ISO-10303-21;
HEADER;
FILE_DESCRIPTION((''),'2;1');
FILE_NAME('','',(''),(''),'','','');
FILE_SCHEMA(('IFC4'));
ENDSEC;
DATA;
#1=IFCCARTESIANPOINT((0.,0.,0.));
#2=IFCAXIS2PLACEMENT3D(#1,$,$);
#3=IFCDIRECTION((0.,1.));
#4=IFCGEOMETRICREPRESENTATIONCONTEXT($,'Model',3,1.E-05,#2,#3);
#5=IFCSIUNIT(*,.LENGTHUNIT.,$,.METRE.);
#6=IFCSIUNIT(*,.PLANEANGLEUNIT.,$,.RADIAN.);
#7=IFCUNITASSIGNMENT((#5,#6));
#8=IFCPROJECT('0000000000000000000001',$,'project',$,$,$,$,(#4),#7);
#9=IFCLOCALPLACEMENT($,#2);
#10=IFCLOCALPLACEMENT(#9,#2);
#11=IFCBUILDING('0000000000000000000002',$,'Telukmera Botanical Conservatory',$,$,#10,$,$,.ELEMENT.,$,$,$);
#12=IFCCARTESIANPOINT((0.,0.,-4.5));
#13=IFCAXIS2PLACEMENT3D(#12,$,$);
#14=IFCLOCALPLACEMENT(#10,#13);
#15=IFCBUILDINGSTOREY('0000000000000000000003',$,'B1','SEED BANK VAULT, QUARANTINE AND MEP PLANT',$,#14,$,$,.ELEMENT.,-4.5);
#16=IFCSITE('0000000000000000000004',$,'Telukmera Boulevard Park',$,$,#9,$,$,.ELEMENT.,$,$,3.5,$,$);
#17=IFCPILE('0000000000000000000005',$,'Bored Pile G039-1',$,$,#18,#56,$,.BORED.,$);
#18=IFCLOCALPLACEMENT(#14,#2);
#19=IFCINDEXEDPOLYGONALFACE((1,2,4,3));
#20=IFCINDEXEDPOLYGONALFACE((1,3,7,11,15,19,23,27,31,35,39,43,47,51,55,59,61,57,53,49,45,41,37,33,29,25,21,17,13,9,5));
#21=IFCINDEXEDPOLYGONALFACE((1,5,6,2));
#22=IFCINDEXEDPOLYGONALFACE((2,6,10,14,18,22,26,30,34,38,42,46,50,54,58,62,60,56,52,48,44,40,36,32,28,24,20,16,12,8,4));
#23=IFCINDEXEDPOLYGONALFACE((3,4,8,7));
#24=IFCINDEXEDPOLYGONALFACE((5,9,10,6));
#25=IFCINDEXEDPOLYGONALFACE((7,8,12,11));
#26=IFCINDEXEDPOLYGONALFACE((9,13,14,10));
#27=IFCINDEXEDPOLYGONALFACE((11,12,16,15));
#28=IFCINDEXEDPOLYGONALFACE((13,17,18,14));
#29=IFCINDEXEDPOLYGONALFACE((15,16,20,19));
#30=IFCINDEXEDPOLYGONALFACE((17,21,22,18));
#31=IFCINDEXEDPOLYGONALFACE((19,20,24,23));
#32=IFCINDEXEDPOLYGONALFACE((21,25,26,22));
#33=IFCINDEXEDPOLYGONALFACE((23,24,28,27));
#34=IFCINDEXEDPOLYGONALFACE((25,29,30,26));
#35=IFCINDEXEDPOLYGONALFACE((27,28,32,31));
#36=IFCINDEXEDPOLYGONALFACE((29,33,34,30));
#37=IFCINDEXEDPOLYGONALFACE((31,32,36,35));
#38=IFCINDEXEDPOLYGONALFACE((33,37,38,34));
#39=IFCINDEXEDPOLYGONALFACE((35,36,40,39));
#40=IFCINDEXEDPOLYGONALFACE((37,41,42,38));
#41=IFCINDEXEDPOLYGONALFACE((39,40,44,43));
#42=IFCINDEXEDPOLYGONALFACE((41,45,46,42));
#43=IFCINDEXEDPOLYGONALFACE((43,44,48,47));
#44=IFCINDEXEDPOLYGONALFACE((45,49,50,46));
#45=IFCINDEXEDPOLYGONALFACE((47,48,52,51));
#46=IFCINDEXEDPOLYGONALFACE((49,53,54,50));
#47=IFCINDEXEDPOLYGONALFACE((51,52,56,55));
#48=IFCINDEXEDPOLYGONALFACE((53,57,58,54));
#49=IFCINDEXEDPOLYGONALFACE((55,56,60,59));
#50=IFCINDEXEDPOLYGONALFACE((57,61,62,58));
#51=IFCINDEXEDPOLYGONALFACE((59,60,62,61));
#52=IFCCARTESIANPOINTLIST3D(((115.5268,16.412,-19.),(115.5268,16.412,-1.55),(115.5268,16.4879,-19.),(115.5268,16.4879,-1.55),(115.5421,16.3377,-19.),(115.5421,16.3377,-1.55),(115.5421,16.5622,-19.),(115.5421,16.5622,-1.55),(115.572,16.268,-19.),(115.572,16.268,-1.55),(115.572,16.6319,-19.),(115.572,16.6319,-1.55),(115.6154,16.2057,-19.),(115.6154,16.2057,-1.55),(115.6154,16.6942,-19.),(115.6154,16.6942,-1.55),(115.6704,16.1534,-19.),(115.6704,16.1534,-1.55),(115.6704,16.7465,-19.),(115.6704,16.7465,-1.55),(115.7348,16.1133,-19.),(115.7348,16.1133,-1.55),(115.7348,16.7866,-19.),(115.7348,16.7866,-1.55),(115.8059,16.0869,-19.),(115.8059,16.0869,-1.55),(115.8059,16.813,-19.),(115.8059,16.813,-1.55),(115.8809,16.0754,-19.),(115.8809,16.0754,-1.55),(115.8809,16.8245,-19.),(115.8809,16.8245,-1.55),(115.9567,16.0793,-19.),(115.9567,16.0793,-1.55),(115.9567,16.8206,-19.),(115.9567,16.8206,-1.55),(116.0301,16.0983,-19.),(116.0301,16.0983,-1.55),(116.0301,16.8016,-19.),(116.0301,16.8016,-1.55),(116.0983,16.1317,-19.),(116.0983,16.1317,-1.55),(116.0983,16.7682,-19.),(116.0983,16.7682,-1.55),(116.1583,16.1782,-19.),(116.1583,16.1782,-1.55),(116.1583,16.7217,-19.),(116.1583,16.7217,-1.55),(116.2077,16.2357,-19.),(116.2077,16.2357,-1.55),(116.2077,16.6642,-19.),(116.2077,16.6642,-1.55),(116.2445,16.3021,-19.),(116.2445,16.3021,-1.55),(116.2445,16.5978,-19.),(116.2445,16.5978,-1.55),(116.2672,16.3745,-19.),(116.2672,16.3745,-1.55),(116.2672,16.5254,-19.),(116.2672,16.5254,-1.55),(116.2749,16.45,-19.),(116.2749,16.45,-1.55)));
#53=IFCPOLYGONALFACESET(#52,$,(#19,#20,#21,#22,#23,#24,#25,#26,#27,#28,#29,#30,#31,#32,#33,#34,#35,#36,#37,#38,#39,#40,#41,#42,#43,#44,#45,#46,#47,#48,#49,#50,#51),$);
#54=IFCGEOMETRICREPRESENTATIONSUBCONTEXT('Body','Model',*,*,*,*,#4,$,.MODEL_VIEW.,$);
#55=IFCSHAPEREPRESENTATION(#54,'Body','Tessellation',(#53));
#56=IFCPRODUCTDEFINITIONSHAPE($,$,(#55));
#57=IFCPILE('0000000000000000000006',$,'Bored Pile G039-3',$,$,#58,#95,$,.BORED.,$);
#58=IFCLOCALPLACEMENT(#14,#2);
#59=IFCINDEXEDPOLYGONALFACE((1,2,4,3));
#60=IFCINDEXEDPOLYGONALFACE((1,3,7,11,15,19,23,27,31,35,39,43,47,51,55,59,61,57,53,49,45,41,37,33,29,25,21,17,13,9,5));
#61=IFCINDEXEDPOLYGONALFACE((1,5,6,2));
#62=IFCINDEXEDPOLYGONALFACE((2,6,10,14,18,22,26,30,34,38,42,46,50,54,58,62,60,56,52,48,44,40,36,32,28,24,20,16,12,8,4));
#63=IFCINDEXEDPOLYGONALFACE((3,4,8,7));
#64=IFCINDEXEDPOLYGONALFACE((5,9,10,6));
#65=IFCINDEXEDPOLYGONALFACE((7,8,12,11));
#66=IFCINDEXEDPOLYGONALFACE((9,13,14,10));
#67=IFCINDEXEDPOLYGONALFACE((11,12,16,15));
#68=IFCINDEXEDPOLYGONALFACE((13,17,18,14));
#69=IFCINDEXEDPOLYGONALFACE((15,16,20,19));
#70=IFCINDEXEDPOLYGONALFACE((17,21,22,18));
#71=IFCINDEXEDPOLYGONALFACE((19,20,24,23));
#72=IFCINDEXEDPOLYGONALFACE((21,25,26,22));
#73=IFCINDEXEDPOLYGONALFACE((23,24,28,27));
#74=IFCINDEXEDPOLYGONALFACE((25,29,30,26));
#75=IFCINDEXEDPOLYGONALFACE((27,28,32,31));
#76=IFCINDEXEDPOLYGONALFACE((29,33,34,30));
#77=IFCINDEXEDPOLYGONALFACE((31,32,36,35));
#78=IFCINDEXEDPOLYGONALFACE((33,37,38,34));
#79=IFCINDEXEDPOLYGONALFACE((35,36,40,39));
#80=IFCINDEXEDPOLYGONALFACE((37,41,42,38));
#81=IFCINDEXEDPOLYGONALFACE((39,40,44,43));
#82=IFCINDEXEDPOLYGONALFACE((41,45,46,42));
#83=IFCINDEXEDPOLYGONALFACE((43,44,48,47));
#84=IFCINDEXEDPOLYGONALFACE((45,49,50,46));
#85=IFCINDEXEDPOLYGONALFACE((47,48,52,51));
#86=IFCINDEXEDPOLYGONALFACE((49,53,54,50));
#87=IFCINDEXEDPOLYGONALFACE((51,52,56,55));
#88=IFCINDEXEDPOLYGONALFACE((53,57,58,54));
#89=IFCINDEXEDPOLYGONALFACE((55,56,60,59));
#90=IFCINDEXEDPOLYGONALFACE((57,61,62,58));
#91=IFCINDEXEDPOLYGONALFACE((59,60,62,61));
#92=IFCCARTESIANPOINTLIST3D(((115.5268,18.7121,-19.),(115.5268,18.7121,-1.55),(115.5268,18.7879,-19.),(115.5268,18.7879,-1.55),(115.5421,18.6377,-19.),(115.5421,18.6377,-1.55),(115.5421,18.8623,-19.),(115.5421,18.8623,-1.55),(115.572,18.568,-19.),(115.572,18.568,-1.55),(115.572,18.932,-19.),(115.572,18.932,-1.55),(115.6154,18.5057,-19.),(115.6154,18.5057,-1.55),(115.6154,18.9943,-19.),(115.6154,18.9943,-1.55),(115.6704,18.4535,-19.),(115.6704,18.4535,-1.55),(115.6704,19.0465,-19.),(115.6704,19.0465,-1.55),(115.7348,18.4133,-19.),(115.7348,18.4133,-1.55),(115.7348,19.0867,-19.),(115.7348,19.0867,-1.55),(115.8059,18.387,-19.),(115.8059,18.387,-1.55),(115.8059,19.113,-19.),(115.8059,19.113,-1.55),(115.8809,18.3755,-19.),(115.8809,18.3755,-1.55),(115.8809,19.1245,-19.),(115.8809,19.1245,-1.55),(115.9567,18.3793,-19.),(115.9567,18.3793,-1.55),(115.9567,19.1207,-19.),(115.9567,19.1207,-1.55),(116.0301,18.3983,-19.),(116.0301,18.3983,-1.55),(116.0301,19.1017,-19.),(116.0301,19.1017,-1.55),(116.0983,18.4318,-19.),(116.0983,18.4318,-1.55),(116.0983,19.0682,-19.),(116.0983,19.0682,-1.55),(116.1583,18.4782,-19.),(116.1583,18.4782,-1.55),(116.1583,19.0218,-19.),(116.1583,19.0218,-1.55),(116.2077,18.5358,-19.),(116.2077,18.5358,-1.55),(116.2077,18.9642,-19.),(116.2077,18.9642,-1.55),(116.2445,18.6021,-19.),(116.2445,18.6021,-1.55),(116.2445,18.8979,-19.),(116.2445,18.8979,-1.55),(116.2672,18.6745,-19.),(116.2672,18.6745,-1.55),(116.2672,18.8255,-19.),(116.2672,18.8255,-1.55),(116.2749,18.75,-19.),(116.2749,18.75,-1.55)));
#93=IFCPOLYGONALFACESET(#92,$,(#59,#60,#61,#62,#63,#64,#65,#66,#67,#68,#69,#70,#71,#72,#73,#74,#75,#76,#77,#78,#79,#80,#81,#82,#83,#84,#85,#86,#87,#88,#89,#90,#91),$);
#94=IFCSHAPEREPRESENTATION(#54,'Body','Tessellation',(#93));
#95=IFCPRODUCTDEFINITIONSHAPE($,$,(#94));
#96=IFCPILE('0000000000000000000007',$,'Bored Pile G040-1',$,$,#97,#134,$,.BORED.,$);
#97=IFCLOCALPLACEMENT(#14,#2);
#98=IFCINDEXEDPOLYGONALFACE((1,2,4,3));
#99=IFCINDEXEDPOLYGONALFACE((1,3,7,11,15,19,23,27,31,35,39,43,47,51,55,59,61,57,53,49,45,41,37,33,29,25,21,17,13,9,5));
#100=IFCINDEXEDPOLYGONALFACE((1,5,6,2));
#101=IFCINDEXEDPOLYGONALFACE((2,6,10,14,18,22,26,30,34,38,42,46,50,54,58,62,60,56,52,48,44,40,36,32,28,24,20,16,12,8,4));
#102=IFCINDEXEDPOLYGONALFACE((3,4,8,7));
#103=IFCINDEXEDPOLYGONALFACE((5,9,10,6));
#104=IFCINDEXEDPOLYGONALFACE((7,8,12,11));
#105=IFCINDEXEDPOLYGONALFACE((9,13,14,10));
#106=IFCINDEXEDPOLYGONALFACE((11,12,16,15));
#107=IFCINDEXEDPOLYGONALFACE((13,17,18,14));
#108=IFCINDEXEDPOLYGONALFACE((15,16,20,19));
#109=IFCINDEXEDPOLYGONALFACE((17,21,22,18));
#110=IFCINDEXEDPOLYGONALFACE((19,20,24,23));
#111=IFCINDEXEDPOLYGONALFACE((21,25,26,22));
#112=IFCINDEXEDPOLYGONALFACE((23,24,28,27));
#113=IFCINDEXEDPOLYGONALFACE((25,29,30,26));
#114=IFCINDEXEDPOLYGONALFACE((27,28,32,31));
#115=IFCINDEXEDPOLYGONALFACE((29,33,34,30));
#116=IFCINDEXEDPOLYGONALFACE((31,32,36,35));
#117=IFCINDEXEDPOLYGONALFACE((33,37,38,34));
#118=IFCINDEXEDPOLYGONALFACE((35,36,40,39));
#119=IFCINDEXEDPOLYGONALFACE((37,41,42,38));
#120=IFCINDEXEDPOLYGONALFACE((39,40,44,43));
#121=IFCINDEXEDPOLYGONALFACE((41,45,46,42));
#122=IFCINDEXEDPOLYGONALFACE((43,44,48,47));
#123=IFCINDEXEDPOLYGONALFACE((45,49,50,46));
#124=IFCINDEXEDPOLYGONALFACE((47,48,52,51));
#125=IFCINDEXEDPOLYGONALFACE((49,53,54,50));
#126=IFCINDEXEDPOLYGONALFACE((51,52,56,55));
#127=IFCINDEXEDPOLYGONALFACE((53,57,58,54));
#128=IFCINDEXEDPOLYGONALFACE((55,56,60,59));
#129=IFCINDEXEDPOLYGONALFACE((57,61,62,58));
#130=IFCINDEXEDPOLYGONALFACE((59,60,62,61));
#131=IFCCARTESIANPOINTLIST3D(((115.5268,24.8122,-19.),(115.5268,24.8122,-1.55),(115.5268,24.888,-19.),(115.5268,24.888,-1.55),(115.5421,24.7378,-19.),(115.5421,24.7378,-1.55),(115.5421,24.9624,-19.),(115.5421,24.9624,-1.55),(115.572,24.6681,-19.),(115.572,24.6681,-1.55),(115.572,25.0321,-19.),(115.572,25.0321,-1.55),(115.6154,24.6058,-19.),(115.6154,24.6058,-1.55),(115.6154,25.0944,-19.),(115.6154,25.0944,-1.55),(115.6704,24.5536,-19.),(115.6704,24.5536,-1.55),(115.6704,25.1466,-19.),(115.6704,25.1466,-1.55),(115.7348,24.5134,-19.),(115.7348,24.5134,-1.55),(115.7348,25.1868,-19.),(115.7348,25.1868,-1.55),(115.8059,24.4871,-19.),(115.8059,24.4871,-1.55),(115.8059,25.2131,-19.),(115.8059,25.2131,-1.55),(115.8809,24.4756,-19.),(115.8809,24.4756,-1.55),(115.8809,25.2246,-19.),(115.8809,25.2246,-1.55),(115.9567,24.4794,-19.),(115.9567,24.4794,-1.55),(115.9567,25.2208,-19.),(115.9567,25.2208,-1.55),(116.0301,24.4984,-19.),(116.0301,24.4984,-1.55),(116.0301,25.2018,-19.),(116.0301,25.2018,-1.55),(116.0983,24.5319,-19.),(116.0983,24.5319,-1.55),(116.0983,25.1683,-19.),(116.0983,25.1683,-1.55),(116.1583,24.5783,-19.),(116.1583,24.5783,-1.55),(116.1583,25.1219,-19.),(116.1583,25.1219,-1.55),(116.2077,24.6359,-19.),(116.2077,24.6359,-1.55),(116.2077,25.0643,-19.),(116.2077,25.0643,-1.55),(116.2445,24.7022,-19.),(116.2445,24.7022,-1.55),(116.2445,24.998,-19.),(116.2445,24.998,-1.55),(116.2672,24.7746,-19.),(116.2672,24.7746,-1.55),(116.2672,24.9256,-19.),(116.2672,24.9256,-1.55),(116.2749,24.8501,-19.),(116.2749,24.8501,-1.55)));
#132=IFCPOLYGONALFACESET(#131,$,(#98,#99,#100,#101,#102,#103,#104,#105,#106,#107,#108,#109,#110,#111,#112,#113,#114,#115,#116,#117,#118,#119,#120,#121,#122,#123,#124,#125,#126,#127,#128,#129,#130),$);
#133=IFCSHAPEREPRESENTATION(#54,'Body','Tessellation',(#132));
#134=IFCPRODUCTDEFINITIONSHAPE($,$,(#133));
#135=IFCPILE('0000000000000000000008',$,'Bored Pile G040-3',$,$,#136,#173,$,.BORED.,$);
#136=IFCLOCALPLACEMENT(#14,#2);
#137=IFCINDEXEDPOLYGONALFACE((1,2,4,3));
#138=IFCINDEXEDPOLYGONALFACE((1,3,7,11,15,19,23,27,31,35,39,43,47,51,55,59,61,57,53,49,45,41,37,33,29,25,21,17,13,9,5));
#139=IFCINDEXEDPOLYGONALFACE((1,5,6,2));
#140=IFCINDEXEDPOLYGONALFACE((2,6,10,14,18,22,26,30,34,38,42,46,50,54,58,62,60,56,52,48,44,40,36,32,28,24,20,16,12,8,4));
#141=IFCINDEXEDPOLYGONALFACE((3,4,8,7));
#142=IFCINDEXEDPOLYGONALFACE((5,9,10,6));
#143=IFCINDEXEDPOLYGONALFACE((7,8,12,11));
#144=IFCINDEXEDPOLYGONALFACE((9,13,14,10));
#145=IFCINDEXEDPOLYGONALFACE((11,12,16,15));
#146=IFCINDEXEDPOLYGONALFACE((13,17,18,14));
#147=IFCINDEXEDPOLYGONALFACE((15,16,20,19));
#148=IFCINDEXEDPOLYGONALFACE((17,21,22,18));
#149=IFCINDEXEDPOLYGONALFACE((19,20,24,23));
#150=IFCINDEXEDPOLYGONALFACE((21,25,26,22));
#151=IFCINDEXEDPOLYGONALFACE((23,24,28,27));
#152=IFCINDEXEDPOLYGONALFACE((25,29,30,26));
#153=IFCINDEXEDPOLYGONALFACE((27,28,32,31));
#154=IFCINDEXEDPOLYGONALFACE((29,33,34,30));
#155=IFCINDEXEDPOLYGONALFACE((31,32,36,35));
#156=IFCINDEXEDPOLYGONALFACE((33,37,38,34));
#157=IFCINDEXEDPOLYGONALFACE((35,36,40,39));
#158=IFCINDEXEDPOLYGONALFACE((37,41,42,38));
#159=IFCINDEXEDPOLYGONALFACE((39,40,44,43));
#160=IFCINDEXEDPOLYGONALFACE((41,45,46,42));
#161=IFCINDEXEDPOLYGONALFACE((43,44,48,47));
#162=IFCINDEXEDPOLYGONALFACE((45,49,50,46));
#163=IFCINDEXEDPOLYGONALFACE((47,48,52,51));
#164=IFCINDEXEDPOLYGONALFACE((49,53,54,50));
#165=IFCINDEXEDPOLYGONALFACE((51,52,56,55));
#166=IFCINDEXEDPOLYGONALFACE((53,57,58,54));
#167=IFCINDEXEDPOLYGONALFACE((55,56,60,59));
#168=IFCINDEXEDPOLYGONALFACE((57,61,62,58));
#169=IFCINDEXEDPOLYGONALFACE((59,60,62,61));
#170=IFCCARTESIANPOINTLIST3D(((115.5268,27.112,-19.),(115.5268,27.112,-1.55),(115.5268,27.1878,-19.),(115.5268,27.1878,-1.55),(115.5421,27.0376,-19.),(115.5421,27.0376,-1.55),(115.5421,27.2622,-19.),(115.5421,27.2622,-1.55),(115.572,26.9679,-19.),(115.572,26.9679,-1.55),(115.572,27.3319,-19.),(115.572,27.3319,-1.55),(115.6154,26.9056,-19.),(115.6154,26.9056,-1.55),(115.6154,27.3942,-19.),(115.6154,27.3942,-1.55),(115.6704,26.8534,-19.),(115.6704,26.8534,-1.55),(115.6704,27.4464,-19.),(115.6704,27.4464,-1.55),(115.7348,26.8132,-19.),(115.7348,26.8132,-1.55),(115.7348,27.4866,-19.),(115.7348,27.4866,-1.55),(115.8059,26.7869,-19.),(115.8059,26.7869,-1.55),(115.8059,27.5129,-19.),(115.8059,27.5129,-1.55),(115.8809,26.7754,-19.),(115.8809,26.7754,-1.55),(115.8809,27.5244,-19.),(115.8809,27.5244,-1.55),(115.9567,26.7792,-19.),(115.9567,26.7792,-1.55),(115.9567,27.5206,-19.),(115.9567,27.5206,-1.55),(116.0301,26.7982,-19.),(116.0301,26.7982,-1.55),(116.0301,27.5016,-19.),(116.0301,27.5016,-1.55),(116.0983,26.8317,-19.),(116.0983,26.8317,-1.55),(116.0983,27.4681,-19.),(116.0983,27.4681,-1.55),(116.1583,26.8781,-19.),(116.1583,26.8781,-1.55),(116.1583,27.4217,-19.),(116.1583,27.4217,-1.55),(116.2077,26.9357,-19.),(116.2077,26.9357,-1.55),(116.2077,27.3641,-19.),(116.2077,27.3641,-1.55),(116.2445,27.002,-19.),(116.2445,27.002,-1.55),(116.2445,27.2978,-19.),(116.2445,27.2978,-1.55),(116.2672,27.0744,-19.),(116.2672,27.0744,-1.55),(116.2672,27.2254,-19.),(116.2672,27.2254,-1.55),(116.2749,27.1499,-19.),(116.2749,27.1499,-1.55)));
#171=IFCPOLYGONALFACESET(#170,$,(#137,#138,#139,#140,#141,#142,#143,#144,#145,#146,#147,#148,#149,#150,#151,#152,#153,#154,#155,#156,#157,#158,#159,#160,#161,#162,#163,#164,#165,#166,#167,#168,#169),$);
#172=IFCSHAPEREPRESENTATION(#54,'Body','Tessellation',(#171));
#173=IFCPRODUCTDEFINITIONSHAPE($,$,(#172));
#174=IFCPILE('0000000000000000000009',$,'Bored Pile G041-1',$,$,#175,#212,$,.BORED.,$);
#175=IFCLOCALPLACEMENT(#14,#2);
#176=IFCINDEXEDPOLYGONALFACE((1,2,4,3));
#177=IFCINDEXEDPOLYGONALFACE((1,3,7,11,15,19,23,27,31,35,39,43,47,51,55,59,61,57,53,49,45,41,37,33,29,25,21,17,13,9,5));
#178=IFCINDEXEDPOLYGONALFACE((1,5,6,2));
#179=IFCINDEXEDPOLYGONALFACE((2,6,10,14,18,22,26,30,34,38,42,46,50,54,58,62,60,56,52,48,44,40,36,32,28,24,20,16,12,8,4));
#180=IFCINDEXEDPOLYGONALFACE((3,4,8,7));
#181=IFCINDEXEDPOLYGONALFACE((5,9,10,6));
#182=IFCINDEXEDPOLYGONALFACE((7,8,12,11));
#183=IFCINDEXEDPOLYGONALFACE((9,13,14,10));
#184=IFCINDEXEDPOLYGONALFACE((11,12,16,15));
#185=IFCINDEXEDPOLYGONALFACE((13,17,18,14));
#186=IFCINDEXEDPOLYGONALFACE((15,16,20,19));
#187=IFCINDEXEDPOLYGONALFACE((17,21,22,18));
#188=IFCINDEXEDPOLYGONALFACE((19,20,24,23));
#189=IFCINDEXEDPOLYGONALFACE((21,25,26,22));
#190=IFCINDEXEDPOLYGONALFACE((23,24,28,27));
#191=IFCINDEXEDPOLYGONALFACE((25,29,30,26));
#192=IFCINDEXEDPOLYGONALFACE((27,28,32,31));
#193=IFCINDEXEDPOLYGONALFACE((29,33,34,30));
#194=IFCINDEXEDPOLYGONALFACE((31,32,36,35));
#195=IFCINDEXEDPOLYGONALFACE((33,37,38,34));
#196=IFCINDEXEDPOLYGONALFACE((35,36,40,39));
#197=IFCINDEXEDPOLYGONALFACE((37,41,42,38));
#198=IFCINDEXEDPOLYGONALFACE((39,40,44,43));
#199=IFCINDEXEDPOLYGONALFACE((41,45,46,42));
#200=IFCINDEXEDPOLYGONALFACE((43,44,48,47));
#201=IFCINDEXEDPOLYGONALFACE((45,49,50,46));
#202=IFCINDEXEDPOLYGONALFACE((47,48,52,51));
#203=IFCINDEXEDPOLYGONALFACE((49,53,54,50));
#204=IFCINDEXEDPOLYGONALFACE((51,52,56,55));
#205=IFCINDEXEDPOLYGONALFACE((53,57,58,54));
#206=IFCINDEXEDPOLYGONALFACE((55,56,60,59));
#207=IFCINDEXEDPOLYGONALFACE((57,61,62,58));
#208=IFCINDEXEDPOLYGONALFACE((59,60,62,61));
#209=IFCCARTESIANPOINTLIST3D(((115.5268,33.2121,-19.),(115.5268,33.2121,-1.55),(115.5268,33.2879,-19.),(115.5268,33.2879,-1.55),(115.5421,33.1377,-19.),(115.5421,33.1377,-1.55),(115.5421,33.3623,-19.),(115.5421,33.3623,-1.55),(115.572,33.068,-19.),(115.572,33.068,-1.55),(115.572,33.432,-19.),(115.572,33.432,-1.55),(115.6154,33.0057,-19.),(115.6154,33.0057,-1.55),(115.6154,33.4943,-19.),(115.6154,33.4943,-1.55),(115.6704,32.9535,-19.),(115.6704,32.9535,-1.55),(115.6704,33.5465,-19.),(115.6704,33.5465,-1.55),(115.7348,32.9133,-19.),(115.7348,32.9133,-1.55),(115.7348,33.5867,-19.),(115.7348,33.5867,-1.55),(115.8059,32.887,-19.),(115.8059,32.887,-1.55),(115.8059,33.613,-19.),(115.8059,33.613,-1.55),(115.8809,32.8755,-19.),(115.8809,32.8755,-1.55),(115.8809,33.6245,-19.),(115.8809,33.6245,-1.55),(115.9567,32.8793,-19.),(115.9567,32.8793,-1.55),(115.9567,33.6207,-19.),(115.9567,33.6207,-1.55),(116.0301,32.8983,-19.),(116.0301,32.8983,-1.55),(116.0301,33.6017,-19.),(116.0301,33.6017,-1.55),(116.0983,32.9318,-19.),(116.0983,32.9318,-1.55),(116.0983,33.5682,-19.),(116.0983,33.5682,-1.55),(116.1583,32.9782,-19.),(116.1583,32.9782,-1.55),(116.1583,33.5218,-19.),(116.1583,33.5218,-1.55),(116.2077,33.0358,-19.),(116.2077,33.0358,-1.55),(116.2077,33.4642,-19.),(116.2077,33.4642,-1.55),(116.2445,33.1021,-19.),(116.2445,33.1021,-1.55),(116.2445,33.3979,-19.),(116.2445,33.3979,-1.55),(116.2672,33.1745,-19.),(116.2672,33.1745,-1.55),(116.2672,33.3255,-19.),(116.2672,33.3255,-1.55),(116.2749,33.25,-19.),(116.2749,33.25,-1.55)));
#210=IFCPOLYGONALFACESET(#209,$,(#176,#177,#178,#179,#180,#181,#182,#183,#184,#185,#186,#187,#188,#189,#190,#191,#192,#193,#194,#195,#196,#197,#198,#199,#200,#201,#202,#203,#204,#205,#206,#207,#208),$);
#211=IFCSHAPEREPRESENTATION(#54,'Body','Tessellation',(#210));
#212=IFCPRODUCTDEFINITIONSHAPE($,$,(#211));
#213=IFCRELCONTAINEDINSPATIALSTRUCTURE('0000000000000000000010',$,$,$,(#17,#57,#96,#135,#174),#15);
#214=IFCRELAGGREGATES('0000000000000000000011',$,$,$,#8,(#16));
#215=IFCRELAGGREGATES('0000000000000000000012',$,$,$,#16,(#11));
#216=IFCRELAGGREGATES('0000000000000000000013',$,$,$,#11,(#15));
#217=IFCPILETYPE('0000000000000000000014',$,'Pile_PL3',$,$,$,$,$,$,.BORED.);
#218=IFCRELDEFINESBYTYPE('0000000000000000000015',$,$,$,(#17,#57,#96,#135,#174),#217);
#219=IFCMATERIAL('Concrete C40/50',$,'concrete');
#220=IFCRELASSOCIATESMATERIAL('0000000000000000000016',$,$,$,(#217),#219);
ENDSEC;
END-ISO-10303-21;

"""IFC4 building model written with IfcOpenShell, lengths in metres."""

from ifc_helpers import new_model, si_unit, direction, frame, origin, origin_2d, place, context, subcontext, project, spatial, circle, extrude, material, material_profile, profile_set, type_object, element, save


model = new_model("IFC4")

# Units and contexts
model_context = context("Model", 3, precision=1e-05, world=origin(), true_north=direction((0.0, 1.0)))
body_context = subcontext(model_context, "Body", "Model", "MODEL_VIEW")
ifc_project = project(units=[si_unit("LENGTHUNIT", "METRE"), si_unit("PLANEANGLEUNIT", "RADIAN")], contexts=[model_context])

# Site, building, storey
site_placement = place(None, origin())
site = spatial("IfcSite", under=ifc_project, at=site_placement, Name="Telukmera Boulevard Park", CompositionType="ELEMENT", RefElevation=3.5)
building_placement = place(site_placement, origin())
building = spatial("IfcBuilding", under=site, at=building_placement, Name="Telukmera Botanical Conservatory", CompositionType="ELEMENT")
storey_placement = place(building_placement, frame((0.0, 0.0, -4.5)))
storey = spatial("IfcBuildingStorey", under=building, at=storey_placement, Name="B1", Description="SEED BANK VAULT, QUARANTINE AND MEP PLANT", CompositionType="ELEMENT", Elevation=-4.5)

# Shared definitions
ifc_material_1 = material(Name="Concrete C40/50", Category="concrete")

# Piles
ifc_material_profile_1 = material_profile(ifc_material_1, circle(Radius=0.375, at=origin_2d()), Name="PILE D750")
ifc_profile_set_1 = profile_set([ifc_material_profile_1], Name="Concrete C40/50")
pile_type_1 = type_object("IfcPileType", Name="Pile_PL3", PredefinedType="BORED", material=ifc_profile_set_1)
for number, where, z_axis, x_axis, name in (
    (1, (115.8999, 16.45, -1.55), (0.0, 0.0, -1.0), (1.0, 0.0, 0.0), "Bored Pile G039-1"),
    (2, (115.8999, 18.75, -1.55), (0.0, 0.0, -1.0), (1.0, 0.0, 0.0), "Bored Pile G039-3"),
    (3, (115.8999, 24.8501, -1.55), (0.0, 0.0, -1.0), (1.0, 0.0, 0.0), "Bored Pile G040-1"),
    (4, (115.8999, 27.1499, -1.55), (0.0, 0.0, -1.0), (1.0, 0.0, 0.0), "Bored Pile G040-3"),
    (5, (115.8999, 33.25, -1.55), (0.0, 0.0, -1.0), (1.0, 0.0, 0.0), "Bored Pile G041-1"),
):
    element("IfcPile", number, at=place(storey_placement, frame(where, z_axis=z_axis, x_axis=x_axis)), inside=storey, type_object=pile_type_1, Name=name, PredefinedType="BORED", context=body_context, shape_type="SweptSolid", body=[
        extrude(circle(Radius=0.375, at=origin_2d()), origin(), (0.0, 0.0, 1.0), 17.45),
    ])

save(model, "model.ifc")
